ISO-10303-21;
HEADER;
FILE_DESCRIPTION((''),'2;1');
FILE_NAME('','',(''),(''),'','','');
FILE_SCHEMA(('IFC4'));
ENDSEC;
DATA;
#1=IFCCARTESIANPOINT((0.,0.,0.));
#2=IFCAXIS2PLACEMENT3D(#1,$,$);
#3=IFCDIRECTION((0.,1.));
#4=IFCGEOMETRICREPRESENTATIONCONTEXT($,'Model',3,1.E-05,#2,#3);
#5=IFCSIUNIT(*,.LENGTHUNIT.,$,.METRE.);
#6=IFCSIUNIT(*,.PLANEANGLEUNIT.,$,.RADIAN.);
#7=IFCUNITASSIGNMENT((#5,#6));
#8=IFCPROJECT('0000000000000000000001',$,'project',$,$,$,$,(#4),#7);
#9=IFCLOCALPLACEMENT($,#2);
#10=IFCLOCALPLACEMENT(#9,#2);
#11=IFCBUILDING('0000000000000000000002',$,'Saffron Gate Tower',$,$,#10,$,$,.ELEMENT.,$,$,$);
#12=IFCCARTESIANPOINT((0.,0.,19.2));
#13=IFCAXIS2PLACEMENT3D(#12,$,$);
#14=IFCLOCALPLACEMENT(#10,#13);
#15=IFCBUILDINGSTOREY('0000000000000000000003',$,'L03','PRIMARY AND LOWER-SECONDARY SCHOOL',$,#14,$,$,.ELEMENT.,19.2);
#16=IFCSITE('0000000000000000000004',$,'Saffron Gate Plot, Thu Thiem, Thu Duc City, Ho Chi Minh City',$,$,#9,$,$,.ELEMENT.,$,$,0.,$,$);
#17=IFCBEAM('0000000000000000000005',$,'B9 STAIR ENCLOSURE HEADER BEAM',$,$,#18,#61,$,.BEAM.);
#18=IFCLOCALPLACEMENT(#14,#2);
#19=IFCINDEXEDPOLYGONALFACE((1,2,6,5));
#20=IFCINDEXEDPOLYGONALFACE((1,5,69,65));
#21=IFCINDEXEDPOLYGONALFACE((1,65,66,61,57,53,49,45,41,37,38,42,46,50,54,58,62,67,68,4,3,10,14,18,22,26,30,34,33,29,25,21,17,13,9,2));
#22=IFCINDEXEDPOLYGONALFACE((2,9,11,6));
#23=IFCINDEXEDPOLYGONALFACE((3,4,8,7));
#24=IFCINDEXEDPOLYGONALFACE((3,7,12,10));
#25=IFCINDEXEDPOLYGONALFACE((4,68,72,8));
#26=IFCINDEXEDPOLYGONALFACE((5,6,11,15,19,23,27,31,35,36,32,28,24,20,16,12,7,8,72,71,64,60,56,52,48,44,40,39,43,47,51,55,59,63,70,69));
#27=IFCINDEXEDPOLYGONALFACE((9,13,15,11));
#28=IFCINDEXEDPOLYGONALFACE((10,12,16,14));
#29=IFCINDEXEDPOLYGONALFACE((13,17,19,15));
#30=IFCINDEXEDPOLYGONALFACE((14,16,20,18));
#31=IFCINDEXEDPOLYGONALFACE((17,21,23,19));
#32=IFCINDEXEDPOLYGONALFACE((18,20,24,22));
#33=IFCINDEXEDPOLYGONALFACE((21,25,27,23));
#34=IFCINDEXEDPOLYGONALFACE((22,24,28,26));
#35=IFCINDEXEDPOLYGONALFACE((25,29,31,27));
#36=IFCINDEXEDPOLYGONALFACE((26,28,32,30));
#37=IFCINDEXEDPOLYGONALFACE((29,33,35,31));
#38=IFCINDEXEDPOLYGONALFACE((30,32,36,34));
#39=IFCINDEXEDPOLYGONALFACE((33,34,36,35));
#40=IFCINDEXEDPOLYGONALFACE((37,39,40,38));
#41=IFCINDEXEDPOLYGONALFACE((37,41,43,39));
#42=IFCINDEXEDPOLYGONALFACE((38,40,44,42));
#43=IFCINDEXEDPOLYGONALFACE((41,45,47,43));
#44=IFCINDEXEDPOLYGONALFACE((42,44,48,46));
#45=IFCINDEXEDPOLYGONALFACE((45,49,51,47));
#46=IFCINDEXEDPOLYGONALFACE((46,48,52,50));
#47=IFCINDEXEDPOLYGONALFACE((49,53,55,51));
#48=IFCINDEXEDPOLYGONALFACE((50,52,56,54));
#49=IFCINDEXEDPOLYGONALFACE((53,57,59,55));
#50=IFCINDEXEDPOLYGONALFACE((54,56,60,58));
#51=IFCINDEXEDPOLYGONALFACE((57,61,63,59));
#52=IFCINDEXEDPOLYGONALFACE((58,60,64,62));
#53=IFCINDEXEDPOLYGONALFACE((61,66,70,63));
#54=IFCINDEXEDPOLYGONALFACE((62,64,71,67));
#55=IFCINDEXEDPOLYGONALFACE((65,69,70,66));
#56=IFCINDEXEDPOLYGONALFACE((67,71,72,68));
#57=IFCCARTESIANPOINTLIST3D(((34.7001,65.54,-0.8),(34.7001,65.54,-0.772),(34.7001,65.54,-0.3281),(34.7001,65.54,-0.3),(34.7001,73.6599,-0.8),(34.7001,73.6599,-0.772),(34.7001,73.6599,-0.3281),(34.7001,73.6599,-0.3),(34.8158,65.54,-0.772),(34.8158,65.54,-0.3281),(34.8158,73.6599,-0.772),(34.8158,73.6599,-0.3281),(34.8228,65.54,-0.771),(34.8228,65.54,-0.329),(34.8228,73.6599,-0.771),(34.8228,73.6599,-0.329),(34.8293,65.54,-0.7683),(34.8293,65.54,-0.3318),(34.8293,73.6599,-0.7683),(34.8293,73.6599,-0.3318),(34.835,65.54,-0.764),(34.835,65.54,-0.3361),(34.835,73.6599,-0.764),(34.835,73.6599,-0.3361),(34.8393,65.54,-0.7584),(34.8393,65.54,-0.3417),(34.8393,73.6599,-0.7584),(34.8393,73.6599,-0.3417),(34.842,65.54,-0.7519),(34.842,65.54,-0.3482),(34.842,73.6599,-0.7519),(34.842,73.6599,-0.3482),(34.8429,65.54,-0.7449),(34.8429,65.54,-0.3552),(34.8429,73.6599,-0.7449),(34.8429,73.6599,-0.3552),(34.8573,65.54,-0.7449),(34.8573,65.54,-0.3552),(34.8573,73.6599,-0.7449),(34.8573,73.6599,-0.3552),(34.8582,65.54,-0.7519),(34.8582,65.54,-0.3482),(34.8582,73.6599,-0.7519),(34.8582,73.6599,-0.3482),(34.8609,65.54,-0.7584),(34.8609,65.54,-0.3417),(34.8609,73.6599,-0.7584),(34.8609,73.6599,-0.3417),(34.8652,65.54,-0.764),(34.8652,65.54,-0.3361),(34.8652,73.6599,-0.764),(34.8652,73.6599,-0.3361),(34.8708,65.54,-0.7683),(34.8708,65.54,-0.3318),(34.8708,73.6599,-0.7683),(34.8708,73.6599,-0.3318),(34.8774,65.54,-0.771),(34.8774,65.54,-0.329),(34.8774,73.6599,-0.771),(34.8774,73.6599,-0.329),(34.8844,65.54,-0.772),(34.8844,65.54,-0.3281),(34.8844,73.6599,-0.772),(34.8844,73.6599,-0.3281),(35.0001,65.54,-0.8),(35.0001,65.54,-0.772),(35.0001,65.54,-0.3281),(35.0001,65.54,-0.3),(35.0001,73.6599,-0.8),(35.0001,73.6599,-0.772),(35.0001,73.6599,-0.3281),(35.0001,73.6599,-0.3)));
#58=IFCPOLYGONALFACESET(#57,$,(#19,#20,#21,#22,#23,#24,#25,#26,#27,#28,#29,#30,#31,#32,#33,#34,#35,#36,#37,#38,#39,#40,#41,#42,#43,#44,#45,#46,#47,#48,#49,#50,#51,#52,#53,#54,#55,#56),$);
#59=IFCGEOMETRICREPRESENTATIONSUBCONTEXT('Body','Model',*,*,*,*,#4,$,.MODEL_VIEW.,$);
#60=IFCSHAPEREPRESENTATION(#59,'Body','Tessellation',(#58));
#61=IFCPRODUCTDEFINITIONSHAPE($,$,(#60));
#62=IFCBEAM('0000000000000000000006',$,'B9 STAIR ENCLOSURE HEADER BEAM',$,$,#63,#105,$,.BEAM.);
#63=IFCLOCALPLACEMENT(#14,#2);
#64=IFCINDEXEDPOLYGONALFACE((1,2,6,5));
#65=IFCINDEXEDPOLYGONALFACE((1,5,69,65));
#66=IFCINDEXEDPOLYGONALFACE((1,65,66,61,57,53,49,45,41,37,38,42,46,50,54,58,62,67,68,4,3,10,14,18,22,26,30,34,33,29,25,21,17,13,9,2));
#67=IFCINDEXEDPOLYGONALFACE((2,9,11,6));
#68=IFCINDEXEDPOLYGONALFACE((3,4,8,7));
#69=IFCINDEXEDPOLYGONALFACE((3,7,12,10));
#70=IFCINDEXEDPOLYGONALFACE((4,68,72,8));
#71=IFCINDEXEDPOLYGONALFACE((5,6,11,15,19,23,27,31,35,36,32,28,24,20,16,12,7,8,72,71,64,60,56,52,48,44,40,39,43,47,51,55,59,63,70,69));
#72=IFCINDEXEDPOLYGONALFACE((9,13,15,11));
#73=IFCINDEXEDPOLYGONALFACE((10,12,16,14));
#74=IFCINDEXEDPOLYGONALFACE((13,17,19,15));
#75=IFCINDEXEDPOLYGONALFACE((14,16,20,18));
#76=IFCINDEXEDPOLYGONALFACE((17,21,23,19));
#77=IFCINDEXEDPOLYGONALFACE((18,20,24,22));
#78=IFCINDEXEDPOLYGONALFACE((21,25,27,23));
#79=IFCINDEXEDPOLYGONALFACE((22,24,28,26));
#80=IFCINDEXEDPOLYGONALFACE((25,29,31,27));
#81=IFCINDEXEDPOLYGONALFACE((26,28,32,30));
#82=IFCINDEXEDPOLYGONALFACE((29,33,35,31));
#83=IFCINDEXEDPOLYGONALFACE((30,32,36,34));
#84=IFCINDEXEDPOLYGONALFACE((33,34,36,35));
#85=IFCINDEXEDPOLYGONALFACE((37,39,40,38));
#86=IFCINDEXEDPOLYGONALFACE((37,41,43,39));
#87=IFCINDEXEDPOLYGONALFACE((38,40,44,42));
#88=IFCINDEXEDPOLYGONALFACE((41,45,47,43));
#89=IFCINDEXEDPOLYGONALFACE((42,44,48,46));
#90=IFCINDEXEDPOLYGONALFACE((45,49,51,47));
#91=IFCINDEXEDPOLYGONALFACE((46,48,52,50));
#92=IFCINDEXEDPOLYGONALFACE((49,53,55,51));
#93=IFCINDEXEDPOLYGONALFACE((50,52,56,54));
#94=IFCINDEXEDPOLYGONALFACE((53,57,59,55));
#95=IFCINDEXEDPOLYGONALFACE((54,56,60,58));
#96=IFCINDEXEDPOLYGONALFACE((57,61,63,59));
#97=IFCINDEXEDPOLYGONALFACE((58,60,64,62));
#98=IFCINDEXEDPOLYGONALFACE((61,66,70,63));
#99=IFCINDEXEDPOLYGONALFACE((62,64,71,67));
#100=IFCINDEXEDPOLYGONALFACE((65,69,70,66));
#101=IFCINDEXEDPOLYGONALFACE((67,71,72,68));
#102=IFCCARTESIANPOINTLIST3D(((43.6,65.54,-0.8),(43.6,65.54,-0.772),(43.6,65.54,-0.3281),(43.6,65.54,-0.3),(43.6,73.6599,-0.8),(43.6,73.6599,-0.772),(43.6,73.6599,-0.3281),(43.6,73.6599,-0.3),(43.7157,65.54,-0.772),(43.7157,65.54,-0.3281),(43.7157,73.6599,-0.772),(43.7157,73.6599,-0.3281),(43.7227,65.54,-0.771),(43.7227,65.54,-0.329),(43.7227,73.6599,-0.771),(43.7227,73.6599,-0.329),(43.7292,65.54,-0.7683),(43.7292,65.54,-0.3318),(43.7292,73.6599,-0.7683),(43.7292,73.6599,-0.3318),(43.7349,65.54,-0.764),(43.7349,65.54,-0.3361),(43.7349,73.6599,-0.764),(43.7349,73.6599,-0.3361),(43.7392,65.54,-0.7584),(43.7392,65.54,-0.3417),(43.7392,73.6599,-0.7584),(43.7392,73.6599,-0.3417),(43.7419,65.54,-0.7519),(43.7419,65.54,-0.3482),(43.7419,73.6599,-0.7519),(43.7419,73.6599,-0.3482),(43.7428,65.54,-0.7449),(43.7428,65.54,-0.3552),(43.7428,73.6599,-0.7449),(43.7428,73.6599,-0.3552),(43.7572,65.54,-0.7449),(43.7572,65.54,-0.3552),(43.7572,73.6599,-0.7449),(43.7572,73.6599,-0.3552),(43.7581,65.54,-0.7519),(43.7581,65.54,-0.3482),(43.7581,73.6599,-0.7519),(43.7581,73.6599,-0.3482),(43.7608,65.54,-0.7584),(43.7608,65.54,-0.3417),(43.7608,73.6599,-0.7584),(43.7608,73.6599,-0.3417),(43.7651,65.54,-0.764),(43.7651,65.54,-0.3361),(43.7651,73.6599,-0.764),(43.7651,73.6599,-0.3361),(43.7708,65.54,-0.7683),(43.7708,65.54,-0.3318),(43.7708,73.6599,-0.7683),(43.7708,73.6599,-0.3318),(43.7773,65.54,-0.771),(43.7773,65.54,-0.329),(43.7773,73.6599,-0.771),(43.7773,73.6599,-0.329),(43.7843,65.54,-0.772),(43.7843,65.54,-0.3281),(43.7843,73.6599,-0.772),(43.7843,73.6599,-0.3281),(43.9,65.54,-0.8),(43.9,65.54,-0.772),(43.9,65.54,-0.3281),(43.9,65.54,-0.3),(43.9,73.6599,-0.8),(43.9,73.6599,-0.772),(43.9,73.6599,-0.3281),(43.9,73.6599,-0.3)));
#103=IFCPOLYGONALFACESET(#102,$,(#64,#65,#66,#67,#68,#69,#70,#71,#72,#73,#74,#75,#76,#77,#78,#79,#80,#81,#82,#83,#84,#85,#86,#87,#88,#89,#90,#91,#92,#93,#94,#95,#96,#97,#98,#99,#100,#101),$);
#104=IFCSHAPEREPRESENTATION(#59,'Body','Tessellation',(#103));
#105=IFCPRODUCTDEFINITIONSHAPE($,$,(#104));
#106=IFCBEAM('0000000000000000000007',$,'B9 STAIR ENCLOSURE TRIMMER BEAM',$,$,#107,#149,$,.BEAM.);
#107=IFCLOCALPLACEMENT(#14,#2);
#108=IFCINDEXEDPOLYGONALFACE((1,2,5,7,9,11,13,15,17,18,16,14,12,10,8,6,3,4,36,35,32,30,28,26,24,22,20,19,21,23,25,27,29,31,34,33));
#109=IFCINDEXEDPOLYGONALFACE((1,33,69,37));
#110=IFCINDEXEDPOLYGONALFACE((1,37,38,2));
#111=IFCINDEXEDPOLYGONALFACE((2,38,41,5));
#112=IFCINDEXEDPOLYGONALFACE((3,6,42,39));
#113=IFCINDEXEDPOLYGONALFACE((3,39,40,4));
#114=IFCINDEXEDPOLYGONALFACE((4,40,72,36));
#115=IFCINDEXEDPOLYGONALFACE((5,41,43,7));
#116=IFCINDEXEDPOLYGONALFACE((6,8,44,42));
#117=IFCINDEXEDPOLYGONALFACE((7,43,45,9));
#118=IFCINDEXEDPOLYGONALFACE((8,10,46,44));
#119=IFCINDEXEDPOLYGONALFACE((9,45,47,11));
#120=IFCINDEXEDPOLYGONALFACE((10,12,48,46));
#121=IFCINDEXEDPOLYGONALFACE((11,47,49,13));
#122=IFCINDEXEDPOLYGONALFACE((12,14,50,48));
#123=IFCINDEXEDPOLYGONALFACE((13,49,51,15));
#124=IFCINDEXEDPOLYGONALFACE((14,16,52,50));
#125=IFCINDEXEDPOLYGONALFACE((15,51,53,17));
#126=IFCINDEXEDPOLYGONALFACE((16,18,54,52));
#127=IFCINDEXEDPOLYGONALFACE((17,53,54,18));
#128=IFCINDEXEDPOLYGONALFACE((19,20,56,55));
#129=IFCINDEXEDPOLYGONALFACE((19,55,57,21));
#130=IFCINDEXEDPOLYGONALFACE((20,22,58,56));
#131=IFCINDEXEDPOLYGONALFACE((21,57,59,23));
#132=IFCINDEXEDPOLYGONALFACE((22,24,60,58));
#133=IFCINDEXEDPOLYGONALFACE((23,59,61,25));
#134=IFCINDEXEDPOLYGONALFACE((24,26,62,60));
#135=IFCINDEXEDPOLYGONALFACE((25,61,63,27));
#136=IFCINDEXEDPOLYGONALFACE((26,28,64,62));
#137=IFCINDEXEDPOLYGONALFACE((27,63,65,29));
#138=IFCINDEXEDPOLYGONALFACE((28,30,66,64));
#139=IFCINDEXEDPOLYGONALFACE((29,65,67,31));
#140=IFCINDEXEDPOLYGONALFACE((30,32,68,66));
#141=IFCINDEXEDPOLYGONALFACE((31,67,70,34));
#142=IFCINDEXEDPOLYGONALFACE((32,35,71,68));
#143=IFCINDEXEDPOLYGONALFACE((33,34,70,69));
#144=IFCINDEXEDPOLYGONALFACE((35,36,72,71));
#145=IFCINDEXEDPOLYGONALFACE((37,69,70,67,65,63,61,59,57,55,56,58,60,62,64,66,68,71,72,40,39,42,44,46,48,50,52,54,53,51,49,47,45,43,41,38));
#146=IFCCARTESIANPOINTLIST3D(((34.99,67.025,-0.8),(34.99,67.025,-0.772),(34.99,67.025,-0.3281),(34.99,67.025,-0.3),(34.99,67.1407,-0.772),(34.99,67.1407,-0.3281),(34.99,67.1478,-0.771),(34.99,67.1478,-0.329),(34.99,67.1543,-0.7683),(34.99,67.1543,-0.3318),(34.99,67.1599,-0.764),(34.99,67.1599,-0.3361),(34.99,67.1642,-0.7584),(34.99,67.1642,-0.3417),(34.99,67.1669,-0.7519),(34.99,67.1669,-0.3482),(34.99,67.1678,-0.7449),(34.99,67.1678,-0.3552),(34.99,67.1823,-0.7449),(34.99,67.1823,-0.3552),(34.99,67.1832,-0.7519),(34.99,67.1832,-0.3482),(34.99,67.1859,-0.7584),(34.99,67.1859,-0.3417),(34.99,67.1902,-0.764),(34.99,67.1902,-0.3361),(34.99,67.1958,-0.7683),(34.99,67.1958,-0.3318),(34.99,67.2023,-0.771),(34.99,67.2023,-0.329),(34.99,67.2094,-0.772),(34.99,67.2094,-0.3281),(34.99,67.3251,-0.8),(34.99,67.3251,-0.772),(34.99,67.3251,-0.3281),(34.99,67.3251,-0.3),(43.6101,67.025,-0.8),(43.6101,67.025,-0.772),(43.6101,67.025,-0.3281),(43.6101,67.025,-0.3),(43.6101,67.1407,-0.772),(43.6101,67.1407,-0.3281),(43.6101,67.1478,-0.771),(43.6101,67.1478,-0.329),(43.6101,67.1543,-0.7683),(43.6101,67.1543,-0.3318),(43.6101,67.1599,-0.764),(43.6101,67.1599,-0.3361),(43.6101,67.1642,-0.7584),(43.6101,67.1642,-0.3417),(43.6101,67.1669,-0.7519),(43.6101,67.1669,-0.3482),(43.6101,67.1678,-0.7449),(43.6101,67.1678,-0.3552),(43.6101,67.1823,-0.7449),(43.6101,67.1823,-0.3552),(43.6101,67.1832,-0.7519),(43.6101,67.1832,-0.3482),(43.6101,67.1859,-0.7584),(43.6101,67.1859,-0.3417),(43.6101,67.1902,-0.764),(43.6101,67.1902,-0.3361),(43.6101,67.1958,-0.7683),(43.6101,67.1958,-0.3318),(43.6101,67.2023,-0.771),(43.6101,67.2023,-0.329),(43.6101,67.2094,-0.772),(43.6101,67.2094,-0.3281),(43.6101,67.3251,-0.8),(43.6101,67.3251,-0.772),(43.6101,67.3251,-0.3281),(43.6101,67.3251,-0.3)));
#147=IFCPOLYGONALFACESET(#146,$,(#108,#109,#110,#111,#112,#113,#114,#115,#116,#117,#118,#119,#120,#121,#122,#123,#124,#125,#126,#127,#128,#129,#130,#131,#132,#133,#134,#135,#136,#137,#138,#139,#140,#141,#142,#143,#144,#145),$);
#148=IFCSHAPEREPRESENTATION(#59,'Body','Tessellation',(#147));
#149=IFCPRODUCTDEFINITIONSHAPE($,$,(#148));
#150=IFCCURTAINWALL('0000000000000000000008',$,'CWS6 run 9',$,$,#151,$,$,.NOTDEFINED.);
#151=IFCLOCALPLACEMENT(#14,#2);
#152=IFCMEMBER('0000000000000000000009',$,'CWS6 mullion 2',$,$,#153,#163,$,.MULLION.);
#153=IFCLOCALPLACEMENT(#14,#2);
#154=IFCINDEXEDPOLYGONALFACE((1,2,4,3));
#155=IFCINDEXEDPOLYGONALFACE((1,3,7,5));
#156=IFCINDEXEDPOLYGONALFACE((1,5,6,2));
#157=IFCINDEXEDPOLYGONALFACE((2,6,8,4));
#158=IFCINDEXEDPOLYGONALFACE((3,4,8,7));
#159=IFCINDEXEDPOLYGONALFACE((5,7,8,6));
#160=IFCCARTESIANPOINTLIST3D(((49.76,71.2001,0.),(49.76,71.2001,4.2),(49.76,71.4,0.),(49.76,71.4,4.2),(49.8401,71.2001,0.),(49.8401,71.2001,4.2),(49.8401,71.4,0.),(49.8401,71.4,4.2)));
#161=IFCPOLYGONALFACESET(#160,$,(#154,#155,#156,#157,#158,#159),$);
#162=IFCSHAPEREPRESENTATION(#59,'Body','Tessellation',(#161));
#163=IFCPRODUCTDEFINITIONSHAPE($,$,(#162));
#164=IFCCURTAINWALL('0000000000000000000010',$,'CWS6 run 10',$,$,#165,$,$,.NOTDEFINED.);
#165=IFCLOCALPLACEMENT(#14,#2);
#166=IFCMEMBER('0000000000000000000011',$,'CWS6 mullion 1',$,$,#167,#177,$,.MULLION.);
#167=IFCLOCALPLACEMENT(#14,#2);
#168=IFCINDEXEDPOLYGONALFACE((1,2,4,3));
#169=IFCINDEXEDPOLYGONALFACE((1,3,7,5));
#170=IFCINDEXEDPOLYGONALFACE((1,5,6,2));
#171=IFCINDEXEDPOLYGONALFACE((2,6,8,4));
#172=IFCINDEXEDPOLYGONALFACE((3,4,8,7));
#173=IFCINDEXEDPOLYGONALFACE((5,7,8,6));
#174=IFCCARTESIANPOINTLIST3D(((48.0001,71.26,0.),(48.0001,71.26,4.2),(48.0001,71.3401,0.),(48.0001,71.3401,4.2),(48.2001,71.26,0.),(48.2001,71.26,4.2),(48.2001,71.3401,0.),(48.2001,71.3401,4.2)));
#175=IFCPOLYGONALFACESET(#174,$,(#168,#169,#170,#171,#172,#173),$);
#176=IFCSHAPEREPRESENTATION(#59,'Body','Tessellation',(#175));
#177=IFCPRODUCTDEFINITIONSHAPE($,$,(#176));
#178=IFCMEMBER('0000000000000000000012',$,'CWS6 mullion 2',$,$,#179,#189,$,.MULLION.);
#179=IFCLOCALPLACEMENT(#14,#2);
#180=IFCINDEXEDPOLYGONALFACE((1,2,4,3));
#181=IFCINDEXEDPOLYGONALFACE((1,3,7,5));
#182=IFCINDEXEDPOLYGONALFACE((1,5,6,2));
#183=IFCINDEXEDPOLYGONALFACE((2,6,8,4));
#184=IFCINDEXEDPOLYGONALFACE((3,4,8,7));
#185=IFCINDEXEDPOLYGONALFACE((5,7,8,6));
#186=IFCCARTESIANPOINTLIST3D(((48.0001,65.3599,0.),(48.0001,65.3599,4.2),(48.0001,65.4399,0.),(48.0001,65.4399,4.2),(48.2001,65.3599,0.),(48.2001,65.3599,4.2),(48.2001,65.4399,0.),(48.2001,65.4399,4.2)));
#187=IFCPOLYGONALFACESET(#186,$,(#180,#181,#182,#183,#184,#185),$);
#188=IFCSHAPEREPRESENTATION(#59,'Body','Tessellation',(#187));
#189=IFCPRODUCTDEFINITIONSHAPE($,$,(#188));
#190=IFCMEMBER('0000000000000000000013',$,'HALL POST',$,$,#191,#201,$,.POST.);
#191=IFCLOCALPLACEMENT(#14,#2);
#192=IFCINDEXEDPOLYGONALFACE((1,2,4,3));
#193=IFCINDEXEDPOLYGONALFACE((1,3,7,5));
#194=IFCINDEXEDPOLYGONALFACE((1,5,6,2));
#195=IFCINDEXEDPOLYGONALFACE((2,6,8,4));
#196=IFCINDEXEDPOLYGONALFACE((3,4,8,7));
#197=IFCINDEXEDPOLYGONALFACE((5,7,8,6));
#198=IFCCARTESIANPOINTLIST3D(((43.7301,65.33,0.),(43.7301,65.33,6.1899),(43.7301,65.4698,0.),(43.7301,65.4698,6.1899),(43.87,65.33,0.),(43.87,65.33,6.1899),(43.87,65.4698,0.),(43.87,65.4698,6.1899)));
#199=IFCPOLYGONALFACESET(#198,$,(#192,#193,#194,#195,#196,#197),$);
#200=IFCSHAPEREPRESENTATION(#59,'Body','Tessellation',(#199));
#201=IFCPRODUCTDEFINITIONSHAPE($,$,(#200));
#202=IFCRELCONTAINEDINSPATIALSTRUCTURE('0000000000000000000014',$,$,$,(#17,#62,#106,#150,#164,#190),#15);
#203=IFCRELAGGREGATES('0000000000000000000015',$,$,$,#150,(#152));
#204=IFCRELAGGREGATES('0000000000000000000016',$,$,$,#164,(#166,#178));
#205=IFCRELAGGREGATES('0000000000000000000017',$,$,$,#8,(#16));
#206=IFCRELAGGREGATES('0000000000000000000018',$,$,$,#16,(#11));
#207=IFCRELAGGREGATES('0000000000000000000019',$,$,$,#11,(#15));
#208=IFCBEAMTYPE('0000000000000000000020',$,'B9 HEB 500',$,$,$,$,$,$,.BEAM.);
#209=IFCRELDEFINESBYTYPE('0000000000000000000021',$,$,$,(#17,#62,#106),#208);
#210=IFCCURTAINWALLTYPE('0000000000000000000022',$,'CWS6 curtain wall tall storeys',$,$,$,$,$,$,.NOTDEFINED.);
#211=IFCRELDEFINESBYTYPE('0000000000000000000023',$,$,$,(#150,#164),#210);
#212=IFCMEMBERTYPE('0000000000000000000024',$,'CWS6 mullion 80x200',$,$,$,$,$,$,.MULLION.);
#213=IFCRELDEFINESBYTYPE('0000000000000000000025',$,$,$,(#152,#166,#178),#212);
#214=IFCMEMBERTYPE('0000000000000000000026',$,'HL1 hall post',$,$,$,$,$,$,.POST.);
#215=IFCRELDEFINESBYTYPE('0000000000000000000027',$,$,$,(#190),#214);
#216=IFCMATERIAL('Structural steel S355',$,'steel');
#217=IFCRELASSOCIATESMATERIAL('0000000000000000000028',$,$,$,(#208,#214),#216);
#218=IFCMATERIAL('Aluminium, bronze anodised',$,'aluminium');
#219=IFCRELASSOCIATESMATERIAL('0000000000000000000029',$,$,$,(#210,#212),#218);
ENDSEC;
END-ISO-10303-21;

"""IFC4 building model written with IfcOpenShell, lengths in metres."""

from ifc_helpers import new_model, si_unit, direction, frame, origin, origin_2d, place, context, subcontext, project, spatial, rectangle, i_section, extrude, material, material_profile, profile_set, type_object, element, aggregate, save


model = new_model("IFC4")

# Units and contexts
model_context = context("Model", 3, precision=1e-05, world=origin(), true_north=direction((0.0, 1.0)))
body_context = subcontext(model_context, "Body", "Model", "MODEL_VIEW")
ifc_project = project(units=[si_unit("LENGTHUNIT", "METRE"), si_unit("PLANEANGLEUNIT", "RADIAN")], contexts=[model_context])

# Site, building, storey
site_placement = place(None, origin())
site = spatial("IfcSite", under=ifc_project, at=site_placement, Name="Saffron Gate Plot, Thu Thiem, Thu Duc City, Ho Chi Minh City", CompositionType="ELEMENT", RefElevation=0.0)
building_placement = place(site_placement, origin())
building = spatial("IfcBuilding", under=site, at=building_placement, Name="Saffron Gate Tower", CompositionType="ELEMENT")
storey_placement = place(building_placement, frame((0.0, 0.0, 19.2)))
storey = spatial("IfcBuildingStorey", under=building, at=storey_placement, Name="L03", Description="PRIMARY AND LOWER-SECONDARY SCHOOL", CompositionType="ELEMENT", Elevation=19.2)

# Beams
ifc_material_1 = material(Name="Structural steel S355", Category="steel")
ifc_material_profile_1 = material_profile(ifc_material_1, i_section(OverallWidth=0.3, OverallDepth=0.5, WebThickness=0.0144, FlangeThickness=0.0281, FilletRadius=0.0271, at=origin_2d()))
ifc_profile_set_1 = profile_set([ifc_material_profile_1], Name="Structural steel S355")
beam_type_1 = type_object("IfcBeamType", Name="B9 HEB 500", PredefinedType="BEAM", material=ifc_profile_set_1)
for number, where, z_axis, x_axis, name in (
    (1, (34.8501, 65.54, -0.55), (0.0, 1.0, 0.0), (-1.0, 0.0, 0.0), "B9 STAIR ENCLOSURE HEADER BEAM"),
    (2, (43.75, 65.54, -0.55), (0.0, 1.0, 0.0), (-1.0, 0.0, 0.0), "B9 STAIR ENCLOSURE HEADER BEAM"),
):
    element("IfcBeam", number, at=place(storey_placement, frame(where, z_axis=z_axis, x_axis=x_axis)), inside=storey, type_object=beam_type_1, Name=name, PredefinedType="BEAM", context=body_context, shape_type="SweptSolid", body=[
        extrude(i_section(OverallWidth=0.3, OverallDepth=0.5, WebThickness=0.0144, FlangeThickness=0.0281, FilletRadius=0.0271, at=origin_2d()), origin(), (0.0, 0.0, 1.0), 8.1199),
    ])
beam_1_placement = place(storey_placement, frame((34.99, 67.175, -0.55), z_axis=(1.0, 0.0, 0.0), x_axis=(0.0, 1.0, 0.0)))
element("IfcBeam", 3, at=beam_1_placement, inside=storey, type_object=beam_type_1, Name="B9 STAIR ENCLOSURE TRIMMER BEAM", PredefinedType="BEAM", context=body_context, shape_type="SweptSolid", body=[
    extrude(i_section(OverallWidth=0.3, OverallDepth=0.5, WebThickness=0.0144, FlangeThickness=0.0281, FilletRadius=0.0271, at=origin_2d()), origin(), (0.0, 0.0, 1.0), 8.6201),
])

# Curtain wall, member
ifc_material_2 = material(Name="Aluminium, bronze anodised", Category="aluminium")
curtain_wall_type = type_object("IfcCurtainWallType", Name="CWS6 curtain wall tall storeys", PredefinedType="NOTDEFINED", material=ifc_material_2)
curtain_wall_1_placement = place(storey_placement, origin())
curtain_wall_1 = element("IfcCurtainWall", 4, at=curtain_wall_1_placement, inside=storey, type_object=curtain_wall_type, Name="CWS6 run 9", PredefinedType="NOTDEFINED")
ifc_material_profile_2 = material_profile(ifc_material_2, rectangle(XDim=0.2, YDim=0.0801, at=origin_2d()))
ifc_profile_set_2 = profile_set([ifc_material_profile_2], Name="Aluminium, bronze anodised")
member_type_1 = type_object("IfcMemberType", Name="CWS6 mullion 80x200", PredefinedType="MULLION", material=ifc_profile_set_2)
member_1_placement = place(storey_placement, frame((49.8, 71.3, 0.0), z_axis=(0.0, 0.0, 1.0), x_axis=(0.0, -1.0, 0.0)))
member_1 = element("IfcMember", 5, at=member_1_placement, type_object=member_type_1, Name="CWS6 mullion 2", PredefinedType="MULLION", context=body_context, shape_type="SweptSolid", body=[
    extrude(rectangle(XDim=0.2, YDim=0.0801, at=origin_2d()), origin(), (0.0, 0.0, 1.0), 4.2),
])

# Curtain wall, members
curtain_wall_2_placement = place(storey_placement, origin())
curtain_wall_2 = element("IfcCurtainWall", 6, at=curtain_wall_2_placement, inside=storey, type_object=curtain_wall_type, Name="CWS6 run 10", PredefinedType="NOTDEFINED")
member_2_placement = place(storey_placement, frame((48.1001, 71.3, 0.0), z_axis=(0.0, 0.0, 1.0), x_axis=(1.0, 0.0, 0.0)))
member_2 = element("IfcMember", 7, at=member_2_placement, type_object=member_type_1, Name="CWS6 mullion 1", PredefinedType="MULLION", context=body_context, shape_type="SweptSolid", body=[
    extrude(rectangle(XDim=0.2, YDim=0.0801, at=origin_2d()), origin(), (0.0, 0.0, 1.0), 4.2),
])
member_3_placement = place(storey_placement, frame((48.1001, 65.3999, 0.0), z_axis=(0.0, 0.0, 1.0), x_axis=(1.0, 0.0, 0.0)))
member_3 = element("IfcMember", 8, at=member_3_placement, type_object=member_type_1, Name="CWS6 mullion 2", PredefinedType="MULLION", context=body_context, shape_type="SweptSolid", body=[
    extrude(rectangle(XDim=0.2, YDim=0.0801, at=origin_2d()), origin(), (0.0, 0.0, 1.0), 4.2),
])

# Member
ifc_material_profile_3 = material_profile(ifc_material_1, rectangle(XDim=0.1399, YDim=0.1399, at=origin_2d()))
ifc_profile_set_3 = profile_set([ifc_material_profile_3], Name="Structural steel S355")
member_type_2 = type_object("IfcMemberType", Name="HL1 hall post", PredefinedType="POST", material=ifc_profile_set_3)
member_4_placement = place(storey_placement, frame((43.8, 65.3999, 0.0), z_axis=(0.0, 0.0, 1.0), x_axis=(1.0, 0.0, 0.0)))
element("IfcMember", 9, at=member_4_placement, inside=storey, type_object=member_type_2, Name="HALL POST", PredefinedType="POST", context=body_context, shape_type="SweptSolid", body=[
    extrude(rectangle(XDim=0.1399, YDim=0.1399, at=origin_2d()), origin(), (0.0, 0.0, 1.0), 6.1899),
])

aggregate(curtain_wall_1, [member_1])

aggregate(curtain_wall_2, [member_2, member_3])

save(model, "model.ifc")
